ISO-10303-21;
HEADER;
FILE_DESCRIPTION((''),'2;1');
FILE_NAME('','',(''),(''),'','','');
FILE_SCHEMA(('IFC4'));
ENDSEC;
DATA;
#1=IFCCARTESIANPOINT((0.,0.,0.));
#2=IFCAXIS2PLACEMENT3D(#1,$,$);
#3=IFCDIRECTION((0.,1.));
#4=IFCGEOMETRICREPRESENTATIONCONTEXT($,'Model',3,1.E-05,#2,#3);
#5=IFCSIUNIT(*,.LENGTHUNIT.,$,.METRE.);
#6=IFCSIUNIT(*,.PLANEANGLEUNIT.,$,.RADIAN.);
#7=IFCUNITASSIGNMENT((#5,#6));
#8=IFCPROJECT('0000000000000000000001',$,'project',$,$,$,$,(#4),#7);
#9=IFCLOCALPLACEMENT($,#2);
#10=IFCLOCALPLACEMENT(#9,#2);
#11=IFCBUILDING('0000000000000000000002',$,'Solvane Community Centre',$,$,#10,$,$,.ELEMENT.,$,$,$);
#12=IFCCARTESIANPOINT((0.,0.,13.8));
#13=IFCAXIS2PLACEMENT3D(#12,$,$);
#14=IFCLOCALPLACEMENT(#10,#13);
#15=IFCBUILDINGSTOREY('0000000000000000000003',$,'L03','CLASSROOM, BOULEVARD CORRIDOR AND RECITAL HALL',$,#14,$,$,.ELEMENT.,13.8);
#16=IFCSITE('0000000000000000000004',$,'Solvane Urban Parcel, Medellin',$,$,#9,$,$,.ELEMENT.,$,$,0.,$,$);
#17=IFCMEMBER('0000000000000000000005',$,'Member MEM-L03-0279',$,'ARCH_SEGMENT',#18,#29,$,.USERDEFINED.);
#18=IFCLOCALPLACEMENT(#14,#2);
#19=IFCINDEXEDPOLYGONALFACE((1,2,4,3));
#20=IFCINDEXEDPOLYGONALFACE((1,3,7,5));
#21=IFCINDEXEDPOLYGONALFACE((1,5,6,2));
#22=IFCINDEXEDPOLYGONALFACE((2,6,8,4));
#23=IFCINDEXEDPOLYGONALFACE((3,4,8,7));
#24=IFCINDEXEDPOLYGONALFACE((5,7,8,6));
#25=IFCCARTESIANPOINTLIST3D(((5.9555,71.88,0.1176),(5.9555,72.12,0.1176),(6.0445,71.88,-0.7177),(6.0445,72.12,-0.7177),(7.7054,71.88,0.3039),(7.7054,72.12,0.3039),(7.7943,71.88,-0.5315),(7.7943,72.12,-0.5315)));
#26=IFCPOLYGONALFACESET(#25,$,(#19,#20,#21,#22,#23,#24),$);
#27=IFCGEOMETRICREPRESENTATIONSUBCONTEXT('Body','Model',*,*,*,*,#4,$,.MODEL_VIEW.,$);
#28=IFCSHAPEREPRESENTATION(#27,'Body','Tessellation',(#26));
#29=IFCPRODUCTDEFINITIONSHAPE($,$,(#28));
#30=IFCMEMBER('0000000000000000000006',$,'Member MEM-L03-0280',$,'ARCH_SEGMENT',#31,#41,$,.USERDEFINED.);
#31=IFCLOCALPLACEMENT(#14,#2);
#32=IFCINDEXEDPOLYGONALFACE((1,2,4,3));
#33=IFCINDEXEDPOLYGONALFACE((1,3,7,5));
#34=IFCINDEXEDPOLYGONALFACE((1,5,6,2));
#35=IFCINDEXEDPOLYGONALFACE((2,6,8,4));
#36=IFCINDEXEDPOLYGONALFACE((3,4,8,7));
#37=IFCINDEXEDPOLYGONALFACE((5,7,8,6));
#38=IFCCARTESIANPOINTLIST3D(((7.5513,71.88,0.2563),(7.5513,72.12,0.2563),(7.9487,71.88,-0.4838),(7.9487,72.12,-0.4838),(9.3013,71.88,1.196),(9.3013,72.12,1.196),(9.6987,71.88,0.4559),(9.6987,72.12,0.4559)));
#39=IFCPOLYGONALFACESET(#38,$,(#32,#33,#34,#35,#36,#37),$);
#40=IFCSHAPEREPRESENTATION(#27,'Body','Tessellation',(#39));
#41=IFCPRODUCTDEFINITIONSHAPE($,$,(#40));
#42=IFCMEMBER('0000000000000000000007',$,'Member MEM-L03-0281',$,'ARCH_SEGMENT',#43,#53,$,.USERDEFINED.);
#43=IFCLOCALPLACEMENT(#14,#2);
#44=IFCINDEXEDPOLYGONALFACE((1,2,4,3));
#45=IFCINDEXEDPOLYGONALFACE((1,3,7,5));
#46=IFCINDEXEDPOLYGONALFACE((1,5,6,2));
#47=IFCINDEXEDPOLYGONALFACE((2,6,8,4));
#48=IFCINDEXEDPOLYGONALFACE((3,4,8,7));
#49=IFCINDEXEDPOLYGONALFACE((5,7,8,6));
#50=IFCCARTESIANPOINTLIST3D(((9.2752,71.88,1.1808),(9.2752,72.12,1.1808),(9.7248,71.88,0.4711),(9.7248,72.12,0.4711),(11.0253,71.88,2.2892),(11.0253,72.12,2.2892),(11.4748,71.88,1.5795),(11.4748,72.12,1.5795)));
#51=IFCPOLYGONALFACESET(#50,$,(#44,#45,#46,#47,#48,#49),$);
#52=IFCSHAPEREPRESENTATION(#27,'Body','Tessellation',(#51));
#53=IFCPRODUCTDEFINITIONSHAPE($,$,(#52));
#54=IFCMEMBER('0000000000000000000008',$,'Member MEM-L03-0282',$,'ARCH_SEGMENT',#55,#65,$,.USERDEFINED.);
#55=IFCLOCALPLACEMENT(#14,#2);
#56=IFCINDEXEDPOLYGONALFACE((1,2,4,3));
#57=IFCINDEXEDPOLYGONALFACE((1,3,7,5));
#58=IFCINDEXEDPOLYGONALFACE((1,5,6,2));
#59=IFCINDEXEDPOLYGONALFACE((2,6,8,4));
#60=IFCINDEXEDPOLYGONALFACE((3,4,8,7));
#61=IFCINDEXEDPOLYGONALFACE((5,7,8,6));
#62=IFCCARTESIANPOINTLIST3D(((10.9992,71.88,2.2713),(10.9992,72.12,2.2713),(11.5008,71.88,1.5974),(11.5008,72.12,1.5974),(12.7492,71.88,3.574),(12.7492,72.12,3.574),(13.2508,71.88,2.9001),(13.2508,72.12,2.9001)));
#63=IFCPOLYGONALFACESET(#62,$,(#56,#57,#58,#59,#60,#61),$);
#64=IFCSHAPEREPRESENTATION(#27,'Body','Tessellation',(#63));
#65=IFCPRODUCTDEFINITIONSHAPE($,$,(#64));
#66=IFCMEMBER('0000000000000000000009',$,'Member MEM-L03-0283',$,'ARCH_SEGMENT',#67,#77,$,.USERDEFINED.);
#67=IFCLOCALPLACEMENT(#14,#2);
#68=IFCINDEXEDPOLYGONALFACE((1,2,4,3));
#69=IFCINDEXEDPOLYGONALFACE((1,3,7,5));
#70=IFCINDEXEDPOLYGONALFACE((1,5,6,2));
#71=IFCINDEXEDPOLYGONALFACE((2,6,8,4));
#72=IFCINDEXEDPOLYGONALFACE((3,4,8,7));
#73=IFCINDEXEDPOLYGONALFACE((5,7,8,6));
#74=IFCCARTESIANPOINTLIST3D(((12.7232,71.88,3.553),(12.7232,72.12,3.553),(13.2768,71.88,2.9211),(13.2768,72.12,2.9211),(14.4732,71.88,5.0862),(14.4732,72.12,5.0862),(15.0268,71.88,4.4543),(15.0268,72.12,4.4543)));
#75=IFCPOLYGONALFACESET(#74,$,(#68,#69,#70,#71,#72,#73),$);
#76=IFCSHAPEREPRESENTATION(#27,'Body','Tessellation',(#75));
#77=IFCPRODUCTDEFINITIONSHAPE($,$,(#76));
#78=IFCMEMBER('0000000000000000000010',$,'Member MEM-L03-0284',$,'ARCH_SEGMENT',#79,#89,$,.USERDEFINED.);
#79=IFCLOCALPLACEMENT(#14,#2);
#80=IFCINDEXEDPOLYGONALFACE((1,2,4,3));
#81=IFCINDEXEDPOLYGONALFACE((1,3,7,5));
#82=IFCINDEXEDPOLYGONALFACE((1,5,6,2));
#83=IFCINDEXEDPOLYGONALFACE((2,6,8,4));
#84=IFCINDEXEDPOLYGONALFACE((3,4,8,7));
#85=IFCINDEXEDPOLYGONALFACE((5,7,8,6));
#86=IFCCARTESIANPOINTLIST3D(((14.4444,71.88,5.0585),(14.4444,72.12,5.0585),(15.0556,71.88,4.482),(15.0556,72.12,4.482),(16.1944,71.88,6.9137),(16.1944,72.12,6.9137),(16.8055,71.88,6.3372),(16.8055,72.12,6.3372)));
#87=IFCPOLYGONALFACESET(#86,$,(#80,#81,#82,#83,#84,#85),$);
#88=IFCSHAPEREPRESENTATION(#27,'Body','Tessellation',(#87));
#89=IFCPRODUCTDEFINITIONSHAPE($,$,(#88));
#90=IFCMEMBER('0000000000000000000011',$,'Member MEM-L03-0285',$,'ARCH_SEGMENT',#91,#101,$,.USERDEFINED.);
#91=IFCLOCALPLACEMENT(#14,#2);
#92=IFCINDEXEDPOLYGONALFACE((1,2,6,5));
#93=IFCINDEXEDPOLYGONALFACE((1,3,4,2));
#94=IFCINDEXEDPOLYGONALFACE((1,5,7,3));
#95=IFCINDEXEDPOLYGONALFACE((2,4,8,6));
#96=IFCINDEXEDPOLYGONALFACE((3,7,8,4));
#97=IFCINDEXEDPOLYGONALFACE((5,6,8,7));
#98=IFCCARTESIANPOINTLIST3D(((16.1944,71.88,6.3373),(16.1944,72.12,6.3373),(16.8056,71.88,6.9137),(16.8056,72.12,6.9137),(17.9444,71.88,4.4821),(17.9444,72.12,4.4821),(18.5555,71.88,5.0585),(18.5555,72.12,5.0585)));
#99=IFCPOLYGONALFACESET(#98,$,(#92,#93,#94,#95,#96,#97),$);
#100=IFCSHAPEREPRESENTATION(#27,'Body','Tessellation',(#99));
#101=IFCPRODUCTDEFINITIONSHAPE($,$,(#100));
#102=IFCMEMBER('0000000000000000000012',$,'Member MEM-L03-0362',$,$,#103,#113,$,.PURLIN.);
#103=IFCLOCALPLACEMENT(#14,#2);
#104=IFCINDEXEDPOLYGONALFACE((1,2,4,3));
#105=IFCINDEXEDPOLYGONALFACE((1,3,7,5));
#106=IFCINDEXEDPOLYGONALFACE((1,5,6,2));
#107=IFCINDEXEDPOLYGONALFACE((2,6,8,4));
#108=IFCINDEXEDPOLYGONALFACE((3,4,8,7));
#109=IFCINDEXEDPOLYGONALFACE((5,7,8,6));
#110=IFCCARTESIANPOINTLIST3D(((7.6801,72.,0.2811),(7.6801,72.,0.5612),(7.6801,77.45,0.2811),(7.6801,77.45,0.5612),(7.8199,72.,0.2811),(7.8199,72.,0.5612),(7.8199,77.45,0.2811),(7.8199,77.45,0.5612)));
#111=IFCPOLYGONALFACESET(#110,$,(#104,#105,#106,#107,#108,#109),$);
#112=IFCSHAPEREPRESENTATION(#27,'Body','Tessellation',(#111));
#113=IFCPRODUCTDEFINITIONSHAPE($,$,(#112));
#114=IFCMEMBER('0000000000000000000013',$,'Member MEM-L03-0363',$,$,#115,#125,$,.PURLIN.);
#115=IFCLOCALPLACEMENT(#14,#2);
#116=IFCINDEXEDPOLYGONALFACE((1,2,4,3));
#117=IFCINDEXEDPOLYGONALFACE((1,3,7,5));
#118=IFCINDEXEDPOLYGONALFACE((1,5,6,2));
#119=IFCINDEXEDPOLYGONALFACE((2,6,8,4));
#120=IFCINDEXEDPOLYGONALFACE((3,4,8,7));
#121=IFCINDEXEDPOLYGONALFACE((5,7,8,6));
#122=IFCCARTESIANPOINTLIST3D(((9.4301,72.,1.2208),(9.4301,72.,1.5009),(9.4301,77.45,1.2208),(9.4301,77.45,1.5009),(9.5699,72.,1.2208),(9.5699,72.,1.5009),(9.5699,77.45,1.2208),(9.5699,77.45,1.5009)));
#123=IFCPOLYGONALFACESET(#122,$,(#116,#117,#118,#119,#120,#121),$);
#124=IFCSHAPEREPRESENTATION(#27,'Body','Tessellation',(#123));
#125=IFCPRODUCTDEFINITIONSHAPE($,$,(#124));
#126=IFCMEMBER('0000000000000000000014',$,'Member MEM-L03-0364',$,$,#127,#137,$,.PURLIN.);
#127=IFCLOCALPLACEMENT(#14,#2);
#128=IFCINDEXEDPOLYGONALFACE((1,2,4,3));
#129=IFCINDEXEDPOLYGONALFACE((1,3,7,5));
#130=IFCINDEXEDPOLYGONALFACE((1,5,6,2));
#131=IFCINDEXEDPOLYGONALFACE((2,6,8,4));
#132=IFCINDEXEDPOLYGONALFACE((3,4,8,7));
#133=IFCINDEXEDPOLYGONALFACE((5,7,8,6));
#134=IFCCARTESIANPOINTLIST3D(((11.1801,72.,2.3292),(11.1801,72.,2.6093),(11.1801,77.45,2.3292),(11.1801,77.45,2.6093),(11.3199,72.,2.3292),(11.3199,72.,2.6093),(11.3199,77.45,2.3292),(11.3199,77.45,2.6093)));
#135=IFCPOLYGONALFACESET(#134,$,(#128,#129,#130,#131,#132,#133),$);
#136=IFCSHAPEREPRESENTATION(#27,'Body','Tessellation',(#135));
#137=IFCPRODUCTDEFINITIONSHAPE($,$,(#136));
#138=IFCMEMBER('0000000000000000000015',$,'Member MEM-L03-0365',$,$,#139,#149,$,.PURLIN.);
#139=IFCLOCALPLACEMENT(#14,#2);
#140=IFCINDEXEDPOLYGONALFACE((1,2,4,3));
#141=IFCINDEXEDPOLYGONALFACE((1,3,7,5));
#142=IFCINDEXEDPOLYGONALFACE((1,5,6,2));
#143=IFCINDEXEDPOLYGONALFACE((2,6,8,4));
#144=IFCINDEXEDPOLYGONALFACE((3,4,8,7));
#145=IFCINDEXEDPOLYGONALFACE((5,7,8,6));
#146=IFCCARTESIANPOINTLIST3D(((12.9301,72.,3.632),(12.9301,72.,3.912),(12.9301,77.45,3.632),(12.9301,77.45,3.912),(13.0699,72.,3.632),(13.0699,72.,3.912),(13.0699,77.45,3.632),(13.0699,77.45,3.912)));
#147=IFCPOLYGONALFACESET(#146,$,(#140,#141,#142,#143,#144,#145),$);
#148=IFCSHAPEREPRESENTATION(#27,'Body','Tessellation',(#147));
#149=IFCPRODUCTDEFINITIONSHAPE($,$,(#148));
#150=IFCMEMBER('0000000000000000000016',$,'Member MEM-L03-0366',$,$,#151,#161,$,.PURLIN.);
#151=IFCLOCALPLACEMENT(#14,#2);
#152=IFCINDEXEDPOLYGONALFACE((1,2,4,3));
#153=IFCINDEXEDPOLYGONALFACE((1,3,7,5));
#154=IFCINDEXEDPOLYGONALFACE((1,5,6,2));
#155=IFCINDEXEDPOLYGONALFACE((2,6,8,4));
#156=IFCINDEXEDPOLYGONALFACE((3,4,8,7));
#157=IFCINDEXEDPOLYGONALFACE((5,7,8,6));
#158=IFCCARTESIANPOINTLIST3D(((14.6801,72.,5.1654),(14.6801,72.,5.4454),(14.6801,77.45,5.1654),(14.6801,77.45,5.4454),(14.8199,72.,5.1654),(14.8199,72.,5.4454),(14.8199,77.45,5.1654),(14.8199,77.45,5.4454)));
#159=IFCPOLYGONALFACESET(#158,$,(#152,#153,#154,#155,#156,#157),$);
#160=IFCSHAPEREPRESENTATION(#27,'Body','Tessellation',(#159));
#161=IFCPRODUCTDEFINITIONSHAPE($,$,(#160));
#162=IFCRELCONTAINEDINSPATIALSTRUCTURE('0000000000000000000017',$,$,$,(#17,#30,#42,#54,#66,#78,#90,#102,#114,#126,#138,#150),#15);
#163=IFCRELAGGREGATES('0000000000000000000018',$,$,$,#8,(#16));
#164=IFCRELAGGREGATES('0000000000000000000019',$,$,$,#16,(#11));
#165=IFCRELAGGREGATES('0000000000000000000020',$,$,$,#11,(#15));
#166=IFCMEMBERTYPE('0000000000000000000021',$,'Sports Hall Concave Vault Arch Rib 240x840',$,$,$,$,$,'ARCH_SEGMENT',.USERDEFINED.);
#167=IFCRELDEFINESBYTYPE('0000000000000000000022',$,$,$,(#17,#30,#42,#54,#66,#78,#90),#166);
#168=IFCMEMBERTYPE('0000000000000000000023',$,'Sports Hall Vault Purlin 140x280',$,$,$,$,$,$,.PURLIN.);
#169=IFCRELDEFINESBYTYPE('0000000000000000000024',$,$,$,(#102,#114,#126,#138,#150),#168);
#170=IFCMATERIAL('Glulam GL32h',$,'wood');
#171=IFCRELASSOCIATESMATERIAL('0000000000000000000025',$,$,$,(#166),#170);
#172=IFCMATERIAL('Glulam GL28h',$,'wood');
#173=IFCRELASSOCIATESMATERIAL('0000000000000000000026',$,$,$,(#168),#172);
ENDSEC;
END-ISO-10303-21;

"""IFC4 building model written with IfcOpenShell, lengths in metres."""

from ifc_helpers import new_model, si_unit, direction, frame, origin, origin_2d, place, context, subcontext, project, spatial, rectangle, extrude, material, material_profile, profile_set, type_object, element, save


model = new_model("IFC4")

# Units and contexts
model_context = context("Model", 3, precision=1e-05, world=origin(), true_north=direction((0.0, 1.0)))
body_context = subcontext(model_context, "Body", "Model", "MODEL_VIEW")
ifc_project = project(units=[si_unit("LENGTHUNIT", "METRE"), si_unit("PLANEANGLEUNIT", "RADIAN")], contexts=[model_context])

# Site, building, storey
site_placement = place(None, origin())
site = spatial("IfcSite", under=ifc_project, at=site_placement, Name="Solvane Urban Parcel, Medellin", CompositionType="ELEMENT", RefElevation=0.0)
building_placement = place(site_placement, origin())
building = spatial("IfcBuilding", under=site, at=building_placement, Name="Solvane Community Centre", CompositionType="ELEMENT")
storey_placement = place(building_placement, frame((0.0, 0.0, 13.8)))
storey = spatial("IfcBuildingStorey", under=building, at=storey_placement, Name="L03", Description="CLASSROOM, BOULEVARD CORRIDOR AND RECITAL HALL", CompositionType="ELEMENT", Elevation=13.8)

# Members
ifc_material_1 = material(Name="Glulam GL32h", Category="wood")
ifc_material_profile_1 = material_profile(ifc_material_1, rectangle(XDim=0.24, YDim=0.8401, at=origin_2d()), Name="GL32h 240x840")
ifc_profile_set_1 = profile_set([ifc_material_profile_1], Name="Glulam GL32h")
member_type_1 = type_object("IfcMemberType", Name="Sports Hall Concave Vault Arch Rib 240x840", ElementType="ARCH_SEGMENT", PredefinedType="USERDEFINED", material=ifc_profile_set_1)
member_1_placement = place(storey_placement, frame((6.0, 72.0, -0.3), z_axis=(0.994382, 0.0, 0.105847), x_axis=(0.0, 1.0, 0.0)))
element("IfcMember", 1, at=member_1_placement, inside=storey, type_object=member_type_1, Name="Member MEM-L03-0279", ObjectType="ARCH_SEGMENT", PredefinedType="USERDEFINED", context=body_context, shape_type="SweptSolid", body=[
    extrude(rectangle(XDim=0.24, YDim=0.8401, at=origin_2d()), origin(), (0.0, 0.0, 1.0), 1.7598),
])
member_2_placement = place(storey_placement, frame((7.75, 72.0, -0.1138), z_axis=(0.881019, 0.0, 0.473081), x_axis=(0.0, 1.0, 0.0)))
element("IfcMember", 2, at=member_2_placement, inside=storey, type_object=member_type_1, Name="Member MEM-L03-0280", ObjectType="ARCH_SEGMENT", PredefinedType="USERDEFINED", context=body_context, shape_type="SweptSolid", body=[
    extrude(rectangle(XDim=0.24, YDim=0.8401, at=origin_2d()), origin(), (0.0, 0.0, 1.0), 1.9863),
])
member_3_placement = place(storey_placement, frame((9.5, 72.0, 0.8259), z_axis=(0.844805, 0.0, 0.535075), x_axis=(0.0, 1.0, 0.0)))
element("IfcMember", 3, at=member_3_placement, inside=storey, type_object=member_type_1, Name="Member MEM-L03-0281", ObjectType="ARCH_SEGMENT", PredefinedType="USERDEFINED", context=body_context, shape_type="SweptSolid", body=[
    extrude(rectangle(XDim=0.24, YDim=0.8401, at=origin_2d()), origin(), (0.0, 0.0, 1.0), 2.0715),
])
member_4_placement = place(storey_placement, frame((11.25, 72.0, 1.9343), z_axis=(0.802143, 0.0, 0.597131), x_axis=(0.0, 1.0, 0.0)))
element("IfcMember", 4, at=member_4_placement, inside=storey, type_object=member_type_1, Name="Member MEM-L03-0282", ObjectType="ARCH_SEGMENT", PredefinedType="USERDEFINED", context=body_context, shape_type="SweptSolid", body=[
    extrude(rectangle(XDim=0.24, YDim=0.8401, at=origin_2d()), origin(), (0.0, 0.0, 1.0), 2.1816),
])
member_5_placement = place(storey_placement, frame((13.0, 72.0, 3.2371), z_axis=(0.752161, 0.0, 0.65898), x_axis=(0.0, 1.0, 0.0)))
element("IfcMember", 5, at=member_5_placement, inside=storey, type_object=member_type_1, Name="Member MEM-L03-0283", ObjectType="ARCH_SEGMENT", PredefinedType="USERDEFINED", context=body_context, shape_type="SweptSolid", body=[
    extrude(rectangle(XDim=0.24, YDim=0.8401, at=origin_2d()), origin(), (0.0, 0.0, 1.0), 2.3267),
])
for number, where, z_axis, x_axis, name in (
    (6, (14.75, 72.0, 4.7703), (0.686176, 0.0, 0.727435), (0.0, 1.0, 0.0), "Member MEM-L03-0284"),
    (7, (16.5, 72.0, 6.6255), (0.686176, 0.0, -0.727435), (0.0, 1.0, 0.0), "Member MEM-L03-0285"),
):
    element("IfcMember", number, at=place(storey_placement, frame(where, z_axis=z_axis, x_axis=x_axis)), inside=storey, type_object=member_type_1, Name=name, ObjectType="ARCH_SEGMENT", PredefinedType="USERDEFINED", context=body_context, shape_type="SweptSolid", body=[
        extrude(rectangle(XDim=0.24, YDim=0.8401, at=origin_2d()), origin(), (0.0, 0.0, 1.0), 2.5503),
    ])
ifc_material_2 = material(Name="Glulam GL28h", Category="wood")
ifc_material_profile_2 = material_profile(ifc_material_2, rectangle(XDim=0.1399, YDim=0.28, at=origin_2d()), Name="GL28h 140x280")
ifc_profile_set_2 = profile_set([ifc_material_profile_2], Name="Glulam GL28h")
member_type_2 = type_object("IfcMemberType", Name="Sports Hall Vault Purlin 140x280", PredefinedType="PURLIN", material=ifc_profile_set_2)
for number, where, z_axis, x_axis, name in (
    (8, (7.75, 72.0, 0.4211), (0.0, 1.0, 0.0), (-1.0, 0.0, 0.0), "Member MEM-L03-0362"),
    (9, (9.5, 72.0, 1.3608), (0.0, 1.0, 0.0), (-1.0, 0.0, 0.0), "Member MEM-L03-0363"),
    (10, (11.25, 72.0, 2.4692), (0.0, 1.0, 0.0), (-1.0, 0.0, 0.0), "Member MEM-L03-0364"),
    (11, (13.0, 72.0, 3.772), (0.0, 1.0, 0.0), (-1.0, 0.0, 0.0), "Member MEM-L03-0365"),
    (12, (14.75, 72.0, 5.3054), (0.0, 1.0, 0.0), (-1.0, 0.0, 0.0), "Member MEM-L03-0366"),
):
    element("IfcMember", number, at=place(storey_placement, frame(where, z_axis=z_axis, x_axis=x_axis)), inside=storey, type_object=member_type_2, Name=name, PredefinedType="PURLIN", context=body_context, shape_type="SweptSolid", body=[
        extrude(rectangle(XDim=0.1399, YDim=0.28, at=origin_2d()), origin(), (0.0, 0.0, 1.0), 5.45),
    ])

save(model, "model.ifc")
